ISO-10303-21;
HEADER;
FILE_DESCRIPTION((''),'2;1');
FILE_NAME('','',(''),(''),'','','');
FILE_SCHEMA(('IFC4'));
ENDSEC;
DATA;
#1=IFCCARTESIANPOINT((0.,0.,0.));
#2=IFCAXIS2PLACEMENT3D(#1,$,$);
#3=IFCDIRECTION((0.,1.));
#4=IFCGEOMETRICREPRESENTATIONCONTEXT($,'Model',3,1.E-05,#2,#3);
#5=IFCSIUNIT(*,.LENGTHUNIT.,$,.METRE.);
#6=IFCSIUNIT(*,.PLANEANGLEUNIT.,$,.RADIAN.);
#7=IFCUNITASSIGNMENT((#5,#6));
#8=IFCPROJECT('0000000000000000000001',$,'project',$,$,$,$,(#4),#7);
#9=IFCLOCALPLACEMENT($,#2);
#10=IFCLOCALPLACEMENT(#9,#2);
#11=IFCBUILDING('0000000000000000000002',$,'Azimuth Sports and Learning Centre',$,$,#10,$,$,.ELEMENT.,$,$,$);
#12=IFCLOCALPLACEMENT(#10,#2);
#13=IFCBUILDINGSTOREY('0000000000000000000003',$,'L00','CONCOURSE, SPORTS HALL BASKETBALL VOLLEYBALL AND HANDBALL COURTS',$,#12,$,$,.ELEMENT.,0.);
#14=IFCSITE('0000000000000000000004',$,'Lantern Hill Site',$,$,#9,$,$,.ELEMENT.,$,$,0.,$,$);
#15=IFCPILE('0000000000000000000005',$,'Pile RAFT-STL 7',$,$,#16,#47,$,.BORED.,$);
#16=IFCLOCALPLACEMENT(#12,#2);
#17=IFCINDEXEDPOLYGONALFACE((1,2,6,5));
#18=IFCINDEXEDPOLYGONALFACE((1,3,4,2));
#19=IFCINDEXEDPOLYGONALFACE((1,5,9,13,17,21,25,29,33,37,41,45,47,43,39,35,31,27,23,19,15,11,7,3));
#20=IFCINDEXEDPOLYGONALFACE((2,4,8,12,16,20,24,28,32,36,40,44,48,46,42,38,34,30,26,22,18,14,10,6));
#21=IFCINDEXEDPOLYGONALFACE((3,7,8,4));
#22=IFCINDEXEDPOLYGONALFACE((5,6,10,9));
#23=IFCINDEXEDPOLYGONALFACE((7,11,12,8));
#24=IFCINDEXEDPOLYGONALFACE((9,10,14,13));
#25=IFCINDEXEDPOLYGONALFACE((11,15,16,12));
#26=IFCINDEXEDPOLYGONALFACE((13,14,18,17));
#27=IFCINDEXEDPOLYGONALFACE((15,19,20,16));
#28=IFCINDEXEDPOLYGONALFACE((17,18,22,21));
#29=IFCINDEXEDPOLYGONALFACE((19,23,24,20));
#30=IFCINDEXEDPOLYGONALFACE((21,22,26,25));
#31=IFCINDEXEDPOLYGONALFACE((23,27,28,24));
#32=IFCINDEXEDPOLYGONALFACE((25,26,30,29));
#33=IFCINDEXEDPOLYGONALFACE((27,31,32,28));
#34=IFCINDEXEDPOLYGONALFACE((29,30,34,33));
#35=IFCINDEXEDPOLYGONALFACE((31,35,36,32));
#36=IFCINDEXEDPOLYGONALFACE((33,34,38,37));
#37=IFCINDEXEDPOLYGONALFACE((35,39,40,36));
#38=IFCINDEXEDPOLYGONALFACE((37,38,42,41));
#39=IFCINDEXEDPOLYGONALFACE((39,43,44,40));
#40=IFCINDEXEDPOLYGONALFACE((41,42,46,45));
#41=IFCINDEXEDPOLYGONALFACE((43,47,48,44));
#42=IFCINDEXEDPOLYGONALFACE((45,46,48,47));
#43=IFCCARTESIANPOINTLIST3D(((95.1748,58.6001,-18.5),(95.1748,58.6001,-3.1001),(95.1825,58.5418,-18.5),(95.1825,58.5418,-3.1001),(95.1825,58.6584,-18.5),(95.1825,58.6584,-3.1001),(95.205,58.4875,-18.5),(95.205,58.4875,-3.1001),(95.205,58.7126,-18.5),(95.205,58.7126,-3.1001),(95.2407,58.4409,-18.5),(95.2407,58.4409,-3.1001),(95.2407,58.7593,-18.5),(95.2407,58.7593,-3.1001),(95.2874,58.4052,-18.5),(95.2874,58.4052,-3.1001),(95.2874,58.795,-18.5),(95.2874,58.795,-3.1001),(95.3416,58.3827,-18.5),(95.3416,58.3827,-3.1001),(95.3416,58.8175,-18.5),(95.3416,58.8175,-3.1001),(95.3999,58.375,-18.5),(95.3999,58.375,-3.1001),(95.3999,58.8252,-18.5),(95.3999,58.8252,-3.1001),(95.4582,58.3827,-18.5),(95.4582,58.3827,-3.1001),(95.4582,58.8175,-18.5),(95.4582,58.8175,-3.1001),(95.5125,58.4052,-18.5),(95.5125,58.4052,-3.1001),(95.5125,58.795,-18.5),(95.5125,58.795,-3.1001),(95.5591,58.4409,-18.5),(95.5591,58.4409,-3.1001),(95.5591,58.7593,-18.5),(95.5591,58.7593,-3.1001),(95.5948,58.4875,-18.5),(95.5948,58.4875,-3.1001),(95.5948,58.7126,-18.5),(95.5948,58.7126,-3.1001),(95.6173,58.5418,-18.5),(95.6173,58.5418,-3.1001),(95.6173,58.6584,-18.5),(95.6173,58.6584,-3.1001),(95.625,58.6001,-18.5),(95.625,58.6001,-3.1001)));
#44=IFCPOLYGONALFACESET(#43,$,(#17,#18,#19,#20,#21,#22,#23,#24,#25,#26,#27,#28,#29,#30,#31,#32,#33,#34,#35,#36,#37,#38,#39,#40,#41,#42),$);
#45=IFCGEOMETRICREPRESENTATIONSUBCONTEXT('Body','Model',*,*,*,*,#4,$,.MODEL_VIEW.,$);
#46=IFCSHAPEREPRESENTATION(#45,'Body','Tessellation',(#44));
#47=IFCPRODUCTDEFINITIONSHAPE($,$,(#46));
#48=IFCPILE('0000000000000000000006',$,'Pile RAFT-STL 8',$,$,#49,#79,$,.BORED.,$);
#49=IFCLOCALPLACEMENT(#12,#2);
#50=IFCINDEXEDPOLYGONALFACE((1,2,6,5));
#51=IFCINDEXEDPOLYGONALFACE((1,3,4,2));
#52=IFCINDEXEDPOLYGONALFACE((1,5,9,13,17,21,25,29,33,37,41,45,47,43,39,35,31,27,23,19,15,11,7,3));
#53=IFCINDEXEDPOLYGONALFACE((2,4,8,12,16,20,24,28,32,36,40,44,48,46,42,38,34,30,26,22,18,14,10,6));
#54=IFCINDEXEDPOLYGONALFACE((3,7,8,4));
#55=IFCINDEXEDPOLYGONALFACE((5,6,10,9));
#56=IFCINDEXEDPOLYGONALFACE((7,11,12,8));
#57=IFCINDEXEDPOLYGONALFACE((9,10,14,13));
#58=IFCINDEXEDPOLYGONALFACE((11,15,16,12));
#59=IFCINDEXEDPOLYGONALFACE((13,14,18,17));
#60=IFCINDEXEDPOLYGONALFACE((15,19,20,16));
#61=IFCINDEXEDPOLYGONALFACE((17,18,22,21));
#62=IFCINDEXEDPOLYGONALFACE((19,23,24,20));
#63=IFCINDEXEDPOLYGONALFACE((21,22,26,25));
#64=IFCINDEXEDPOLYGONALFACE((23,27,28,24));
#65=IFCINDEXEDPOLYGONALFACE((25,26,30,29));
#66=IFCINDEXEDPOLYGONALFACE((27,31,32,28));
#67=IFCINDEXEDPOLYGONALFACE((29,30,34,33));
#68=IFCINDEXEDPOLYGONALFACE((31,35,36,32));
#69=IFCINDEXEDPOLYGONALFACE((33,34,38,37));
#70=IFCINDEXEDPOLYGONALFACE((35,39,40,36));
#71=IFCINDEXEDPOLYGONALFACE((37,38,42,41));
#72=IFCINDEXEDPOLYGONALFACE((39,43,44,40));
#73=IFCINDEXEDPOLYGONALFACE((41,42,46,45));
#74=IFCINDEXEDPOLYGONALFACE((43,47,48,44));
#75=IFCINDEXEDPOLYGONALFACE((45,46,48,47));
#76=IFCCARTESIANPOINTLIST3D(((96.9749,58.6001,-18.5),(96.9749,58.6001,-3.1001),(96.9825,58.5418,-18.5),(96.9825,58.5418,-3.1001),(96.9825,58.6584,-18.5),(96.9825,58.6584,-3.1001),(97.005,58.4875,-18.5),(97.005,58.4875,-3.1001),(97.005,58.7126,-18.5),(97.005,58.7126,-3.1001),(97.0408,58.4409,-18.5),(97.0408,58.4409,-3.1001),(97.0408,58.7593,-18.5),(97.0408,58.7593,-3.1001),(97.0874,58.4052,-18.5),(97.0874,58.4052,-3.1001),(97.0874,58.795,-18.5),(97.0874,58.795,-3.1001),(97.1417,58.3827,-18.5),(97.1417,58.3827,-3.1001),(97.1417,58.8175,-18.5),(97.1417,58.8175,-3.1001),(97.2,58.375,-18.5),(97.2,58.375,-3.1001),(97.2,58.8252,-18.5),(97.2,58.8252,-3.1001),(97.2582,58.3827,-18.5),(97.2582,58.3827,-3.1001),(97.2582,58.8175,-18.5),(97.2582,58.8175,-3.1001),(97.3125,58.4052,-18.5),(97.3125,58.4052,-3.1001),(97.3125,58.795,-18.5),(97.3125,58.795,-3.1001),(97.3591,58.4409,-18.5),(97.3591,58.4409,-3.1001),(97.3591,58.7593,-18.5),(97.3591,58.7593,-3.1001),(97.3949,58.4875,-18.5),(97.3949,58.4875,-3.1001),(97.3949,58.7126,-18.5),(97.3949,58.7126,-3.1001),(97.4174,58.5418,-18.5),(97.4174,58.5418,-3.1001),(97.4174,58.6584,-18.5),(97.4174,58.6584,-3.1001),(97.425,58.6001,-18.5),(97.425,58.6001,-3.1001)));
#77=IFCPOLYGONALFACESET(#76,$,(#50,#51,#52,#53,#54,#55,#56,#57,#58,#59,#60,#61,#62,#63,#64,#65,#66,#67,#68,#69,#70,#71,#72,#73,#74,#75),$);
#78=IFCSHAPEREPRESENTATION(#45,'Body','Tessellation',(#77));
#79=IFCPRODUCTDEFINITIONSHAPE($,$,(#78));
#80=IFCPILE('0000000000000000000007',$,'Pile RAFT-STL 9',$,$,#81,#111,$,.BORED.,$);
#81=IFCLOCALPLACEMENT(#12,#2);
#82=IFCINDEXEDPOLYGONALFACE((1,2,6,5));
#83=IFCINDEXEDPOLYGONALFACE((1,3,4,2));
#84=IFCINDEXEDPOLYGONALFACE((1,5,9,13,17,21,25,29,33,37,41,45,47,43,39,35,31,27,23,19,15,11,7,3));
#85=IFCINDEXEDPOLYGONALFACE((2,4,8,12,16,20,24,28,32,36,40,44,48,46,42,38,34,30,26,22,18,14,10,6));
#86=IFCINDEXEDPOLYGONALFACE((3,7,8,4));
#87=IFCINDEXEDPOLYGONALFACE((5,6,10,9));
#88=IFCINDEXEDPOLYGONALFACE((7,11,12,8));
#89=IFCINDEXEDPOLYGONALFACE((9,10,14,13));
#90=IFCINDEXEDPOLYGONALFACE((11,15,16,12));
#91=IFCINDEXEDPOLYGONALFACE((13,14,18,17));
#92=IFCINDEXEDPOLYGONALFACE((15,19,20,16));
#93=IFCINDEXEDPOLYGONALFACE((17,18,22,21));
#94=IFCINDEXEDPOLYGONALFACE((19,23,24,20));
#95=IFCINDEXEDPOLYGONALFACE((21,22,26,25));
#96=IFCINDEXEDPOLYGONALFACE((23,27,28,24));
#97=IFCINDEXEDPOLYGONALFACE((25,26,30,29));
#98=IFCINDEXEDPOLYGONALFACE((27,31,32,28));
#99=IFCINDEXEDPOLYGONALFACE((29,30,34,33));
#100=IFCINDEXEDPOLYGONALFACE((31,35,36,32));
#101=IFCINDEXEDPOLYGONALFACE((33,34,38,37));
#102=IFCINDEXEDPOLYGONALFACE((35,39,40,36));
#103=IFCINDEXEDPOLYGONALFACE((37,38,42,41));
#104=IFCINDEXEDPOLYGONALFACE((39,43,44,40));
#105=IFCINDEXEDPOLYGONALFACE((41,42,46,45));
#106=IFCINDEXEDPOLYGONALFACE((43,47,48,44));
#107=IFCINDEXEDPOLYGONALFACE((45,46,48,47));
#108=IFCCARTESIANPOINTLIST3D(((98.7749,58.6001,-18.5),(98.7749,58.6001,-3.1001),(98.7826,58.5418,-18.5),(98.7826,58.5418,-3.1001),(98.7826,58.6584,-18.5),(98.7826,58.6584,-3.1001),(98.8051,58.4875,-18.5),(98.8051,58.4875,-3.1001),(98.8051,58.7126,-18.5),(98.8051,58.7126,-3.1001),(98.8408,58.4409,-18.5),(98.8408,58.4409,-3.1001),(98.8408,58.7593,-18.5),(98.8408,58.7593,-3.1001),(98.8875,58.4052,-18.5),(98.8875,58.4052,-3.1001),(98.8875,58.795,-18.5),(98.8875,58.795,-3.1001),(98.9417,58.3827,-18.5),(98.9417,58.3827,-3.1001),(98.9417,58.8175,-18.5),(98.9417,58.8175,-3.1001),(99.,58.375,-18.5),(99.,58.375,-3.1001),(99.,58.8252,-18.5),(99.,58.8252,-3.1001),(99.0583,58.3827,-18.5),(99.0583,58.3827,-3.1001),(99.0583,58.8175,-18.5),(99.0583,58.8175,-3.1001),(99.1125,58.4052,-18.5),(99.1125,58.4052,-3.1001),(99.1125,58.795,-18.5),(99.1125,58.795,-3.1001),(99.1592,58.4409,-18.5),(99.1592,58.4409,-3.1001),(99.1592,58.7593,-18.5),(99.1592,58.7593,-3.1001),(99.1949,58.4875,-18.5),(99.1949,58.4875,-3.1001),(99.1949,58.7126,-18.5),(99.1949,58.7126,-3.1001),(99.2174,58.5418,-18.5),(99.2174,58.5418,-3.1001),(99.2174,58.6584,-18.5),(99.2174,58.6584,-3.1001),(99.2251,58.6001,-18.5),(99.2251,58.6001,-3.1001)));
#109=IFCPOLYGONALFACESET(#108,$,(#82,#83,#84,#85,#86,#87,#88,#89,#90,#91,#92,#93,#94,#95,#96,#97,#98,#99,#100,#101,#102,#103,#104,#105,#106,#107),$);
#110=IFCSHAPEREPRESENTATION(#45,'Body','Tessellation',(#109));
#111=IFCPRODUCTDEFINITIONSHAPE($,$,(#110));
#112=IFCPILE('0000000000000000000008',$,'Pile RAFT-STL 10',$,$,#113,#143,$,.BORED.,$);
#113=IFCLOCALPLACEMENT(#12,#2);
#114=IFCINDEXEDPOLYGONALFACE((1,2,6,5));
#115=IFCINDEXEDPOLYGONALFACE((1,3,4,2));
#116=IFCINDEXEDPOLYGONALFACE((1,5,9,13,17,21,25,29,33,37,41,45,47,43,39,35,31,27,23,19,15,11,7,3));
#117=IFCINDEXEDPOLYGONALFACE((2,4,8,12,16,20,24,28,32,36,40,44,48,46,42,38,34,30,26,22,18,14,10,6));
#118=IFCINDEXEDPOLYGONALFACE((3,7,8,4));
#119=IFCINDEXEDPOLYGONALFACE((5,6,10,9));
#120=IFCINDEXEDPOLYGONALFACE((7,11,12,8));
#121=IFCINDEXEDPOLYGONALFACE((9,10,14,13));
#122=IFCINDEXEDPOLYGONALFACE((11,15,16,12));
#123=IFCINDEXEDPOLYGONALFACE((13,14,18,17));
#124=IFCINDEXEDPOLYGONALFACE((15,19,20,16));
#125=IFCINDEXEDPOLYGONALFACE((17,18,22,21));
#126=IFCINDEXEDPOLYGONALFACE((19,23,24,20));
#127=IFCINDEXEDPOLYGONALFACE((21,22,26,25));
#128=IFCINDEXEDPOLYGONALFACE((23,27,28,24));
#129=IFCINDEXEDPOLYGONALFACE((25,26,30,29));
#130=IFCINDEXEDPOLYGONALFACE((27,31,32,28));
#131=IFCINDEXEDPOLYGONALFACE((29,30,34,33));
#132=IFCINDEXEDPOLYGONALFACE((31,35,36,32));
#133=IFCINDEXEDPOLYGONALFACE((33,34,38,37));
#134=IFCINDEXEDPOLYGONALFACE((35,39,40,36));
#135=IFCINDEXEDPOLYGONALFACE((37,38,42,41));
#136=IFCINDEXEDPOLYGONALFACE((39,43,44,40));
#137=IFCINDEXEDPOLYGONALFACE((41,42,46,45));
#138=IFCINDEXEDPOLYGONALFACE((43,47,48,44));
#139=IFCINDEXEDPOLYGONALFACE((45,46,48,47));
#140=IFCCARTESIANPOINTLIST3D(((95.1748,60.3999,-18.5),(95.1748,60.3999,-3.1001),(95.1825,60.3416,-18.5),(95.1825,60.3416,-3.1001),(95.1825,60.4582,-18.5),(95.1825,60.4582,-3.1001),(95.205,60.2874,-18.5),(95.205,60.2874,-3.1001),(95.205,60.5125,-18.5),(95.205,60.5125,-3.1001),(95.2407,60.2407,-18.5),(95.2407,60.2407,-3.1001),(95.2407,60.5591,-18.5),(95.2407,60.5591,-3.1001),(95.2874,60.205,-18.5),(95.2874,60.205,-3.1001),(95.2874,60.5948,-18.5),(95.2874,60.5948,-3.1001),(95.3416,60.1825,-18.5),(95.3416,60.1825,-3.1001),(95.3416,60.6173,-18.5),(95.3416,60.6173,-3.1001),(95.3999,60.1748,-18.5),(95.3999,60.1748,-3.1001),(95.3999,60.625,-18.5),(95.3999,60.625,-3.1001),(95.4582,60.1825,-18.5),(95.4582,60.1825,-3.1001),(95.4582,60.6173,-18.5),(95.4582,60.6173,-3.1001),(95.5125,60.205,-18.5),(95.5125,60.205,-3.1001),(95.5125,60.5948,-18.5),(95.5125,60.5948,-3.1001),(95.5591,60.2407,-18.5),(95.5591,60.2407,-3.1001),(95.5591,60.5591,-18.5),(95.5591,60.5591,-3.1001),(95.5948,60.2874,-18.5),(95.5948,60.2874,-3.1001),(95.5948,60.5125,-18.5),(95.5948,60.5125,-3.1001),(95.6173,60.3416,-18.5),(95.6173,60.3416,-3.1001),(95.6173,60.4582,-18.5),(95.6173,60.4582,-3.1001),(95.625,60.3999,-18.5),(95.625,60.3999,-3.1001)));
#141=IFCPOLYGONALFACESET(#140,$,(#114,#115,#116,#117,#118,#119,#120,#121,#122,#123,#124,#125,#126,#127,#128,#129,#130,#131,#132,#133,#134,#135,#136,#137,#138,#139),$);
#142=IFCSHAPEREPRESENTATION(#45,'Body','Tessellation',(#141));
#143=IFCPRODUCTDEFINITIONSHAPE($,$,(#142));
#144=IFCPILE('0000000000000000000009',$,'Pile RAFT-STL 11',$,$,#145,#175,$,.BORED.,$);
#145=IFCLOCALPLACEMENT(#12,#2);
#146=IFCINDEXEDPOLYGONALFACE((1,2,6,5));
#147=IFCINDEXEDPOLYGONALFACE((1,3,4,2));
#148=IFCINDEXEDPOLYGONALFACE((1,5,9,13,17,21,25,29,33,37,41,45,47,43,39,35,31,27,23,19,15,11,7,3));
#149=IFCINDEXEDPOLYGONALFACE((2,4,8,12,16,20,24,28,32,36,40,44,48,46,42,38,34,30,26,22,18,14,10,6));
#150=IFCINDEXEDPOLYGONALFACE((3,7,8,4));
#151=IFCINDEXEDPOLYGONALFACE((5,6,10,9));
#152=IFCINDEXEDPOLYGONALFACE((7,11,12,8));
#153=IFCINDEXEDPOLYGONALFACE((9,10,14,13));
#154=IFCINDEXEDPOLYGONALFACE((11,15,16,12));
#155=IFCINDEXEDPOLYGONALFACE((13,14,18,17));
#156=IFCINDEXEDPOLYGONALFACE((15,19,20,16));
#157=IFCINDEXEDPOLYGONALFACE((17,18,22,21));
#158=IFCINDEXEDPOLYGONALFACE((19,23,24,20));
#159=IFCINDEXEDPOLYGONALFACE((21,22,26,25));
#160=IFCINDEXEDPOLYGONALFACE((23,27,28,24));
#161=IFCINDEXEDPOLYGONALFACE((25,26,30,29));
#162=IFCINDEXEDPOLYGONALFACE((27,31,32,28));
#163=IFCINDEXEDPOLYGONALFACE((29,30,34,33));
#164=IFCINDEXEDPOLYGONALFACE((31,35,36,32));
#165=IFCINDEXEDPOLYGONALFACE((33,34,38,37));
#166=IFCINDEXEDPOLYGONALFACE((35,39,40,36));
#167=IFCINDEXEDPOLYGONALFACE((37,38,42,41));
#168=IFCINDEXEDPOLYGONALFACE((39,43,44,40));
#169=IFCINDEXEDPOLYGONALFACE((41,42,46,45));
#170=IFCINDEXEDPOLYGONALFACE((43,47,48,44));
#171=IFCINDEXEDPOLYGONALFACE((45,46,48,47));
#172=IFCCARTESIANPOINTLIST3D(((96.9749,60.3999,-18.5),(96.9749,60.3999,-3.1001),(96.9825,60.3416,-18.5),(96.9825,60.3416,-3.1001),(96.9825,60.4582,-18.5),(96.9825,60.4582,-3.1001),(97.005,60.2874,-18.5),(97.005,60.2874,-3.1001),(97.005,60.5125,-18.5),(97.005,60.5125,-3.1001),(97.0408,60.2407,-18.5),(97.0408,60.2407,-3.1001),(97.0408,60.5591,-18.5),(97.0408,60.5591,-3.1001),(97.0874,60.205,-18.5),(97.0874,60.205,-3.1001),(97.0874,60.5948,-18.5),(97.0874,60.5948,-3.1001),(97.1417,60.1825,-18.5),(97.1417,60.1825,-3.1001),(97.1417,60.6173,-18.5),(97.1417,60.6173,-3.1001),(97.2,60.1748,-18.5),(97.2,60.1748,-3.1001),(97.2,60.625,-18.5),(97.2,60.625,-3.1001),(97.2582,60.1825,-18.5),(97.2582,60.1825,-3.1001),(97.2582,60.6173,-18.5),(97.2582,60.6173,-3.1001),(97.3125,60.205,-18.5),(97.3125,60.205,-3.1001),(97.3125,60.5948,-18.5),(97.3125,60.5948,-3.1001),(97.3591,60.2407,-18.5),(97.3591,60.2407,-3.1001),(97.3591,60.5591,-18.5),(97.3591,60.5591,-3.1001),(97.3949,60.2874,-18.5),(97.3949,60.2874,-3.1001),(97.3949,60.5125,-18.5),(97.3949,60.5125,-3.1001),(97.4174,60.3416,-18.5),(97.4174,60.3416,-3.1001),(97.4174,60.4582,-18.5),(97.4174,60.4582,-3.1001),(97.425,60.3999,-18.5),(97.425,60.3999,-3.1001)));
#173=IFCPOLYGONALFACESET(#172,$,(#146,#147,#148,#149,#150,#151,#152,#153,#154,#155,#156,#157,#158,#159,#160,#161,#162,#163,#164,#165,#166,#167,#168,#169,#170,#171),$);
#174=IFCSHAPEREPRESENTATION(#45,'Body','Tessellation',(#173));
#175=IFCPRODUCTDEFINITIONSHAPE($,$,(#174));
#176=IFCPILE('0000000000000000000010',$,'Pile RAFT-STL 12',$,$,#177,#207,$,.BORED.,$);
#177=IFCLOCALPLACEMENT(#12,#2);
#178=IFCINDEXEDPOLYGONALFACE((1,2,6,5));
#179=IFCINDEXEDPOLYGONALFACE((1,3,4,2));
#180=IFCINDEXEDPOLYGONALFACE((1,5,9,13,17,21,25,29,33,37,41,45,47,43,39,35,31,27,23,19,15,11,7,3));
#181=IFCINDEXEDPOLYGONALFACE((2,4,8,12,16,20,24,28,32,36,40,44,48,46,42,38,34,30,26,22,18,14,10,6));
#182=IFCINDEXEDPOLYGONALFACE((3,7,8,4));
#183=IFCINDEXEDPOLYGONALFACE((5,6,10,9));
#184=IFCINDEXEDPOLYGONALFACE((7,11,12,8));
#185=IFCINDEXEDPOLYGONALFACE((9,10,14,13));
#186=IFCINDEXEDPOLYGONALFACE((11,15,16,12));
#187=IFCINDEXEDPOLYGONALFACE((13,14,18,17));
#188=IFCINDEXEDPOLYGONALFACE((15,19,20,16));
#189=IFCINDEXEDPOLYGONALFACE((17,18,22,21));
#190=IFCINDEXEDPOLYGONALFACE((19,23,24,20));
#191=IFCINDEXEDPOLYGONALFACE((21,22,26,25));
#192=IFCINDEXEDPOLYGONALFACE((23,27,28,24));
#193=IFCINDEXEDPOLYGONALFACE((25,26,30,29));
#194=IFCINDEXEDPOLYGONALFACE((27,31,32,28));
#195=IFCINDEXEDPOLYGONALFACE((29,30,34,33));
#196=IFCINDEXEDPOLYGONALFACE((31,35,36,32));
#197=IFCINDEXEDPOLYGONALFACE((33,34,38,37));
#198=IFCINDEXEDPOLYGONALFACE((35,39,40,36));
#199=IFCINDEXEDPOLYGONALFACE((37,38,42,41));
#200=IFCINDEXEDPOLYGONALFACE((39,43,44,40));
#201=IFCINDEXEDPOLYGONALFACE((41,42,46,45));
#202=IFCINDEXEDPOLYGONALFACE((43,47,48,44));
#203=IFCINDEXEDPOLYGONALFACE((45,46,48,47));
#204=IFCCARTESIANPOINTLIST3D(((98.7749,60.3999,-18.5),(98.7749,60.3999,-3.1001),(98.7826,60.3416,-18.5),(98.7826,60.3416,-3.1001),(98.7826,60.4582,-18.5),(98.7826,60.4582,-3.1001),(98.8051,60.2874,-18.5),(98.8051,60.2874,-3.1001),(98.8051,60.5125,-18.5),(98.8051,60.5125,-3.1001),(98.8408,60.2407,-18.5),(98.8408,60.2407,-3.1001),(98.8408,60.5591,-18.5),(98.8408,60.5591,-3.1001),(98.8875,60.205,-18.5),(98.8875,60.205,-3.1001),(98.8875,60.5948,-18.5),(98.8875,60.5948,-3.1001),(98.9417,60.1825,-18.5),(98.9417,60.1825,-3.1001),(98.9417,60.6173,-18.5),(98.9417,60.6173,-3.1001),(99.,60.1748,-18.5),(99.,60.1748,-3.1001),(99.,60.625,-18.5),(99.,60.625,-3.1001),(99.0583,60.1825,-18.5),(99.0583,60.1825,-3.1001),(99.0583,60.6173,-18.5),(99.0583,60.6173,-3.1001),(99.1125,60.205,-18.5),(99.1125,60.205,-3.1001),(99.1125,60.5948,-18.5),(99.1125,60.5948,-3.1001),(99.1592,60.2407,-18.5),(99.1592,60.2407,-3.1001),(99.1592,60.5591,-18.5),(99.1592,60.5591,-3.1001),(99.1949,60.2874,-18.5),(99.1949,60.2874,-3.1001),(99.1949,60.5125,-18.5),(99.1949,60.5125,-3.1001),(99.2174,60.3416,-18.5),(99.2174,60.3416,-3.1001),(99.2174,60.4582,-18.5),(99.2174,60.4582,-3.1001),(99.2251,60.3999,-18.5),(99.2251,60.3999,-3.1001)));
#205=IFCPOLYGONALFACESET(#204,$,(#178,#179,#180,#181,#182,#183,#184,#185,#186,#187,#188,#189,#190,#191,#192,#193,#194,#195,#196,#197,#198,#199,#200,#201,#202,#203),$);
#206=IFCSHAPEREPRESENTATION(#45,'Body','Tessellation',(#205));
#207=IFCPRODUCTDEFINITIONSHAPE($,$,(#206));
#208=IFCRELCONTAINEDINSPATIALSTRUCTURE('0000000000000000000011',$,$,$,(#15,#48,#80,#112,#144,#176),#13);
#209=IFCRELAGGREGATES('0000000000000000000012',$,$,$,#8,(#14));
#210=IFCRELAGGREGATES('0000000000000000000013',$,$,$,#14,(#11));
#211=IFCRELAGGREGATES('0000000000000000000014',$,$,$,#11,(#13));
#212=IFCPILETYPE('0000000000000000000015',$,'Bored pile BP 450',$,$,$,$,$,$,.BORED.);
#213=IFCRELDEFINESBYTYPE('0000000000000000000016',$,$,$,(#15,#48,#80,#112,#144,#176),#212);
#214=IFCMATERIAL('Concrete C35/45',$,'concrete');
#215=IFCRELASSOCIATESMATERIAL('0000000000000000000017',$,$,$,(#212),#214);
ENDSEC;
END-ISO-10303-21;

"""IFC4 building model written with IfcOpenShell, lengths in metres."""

from ifc_helpers import new_model, si_unit, direction, frame, origin, origin_2d, place, context, subcontext, project, spatial, circle, extrude, material, material_profile, profile_set, type_object, element, save


model = new_model("IFC4")

# Units and contexts
model_context = context("Model", 3, precision=1e-05, world=origin(), true_north=direction((0.0, 1.0)))
body_context = subcontext(model_context, "Body", "Model", "MODEL_VIEW")
ifc_project = project(units=[si_unit("LENGTHUNIT", "METRE"), si_unit("PLANEANGLEUNIT", "RADIAN")], contexts=[model_context])

# Site, building, storey
site_placement = place(None, origin())
site = spatial("IfcSite", under=ifc_project, at=site_placement, Name="Lantern Hill Site", CompositionType="ELEMENT", RefElevation=0.0)
building_placement = place(site_placement, origin())
building = spatial("IfcBuilding", under=site, at=building_placement, Name="Azimuth Sports and Learning Centre", CompositionType="ELEMENT")
storey_placement = place(building_placement, origin())
storey = spatial("IfcBuildingStorey", under=building, at=storey_placement, Name="L00", Description="CONCOURSE, SPORTS HALL BASKETBALL VOLLEYBALL AND HANDBALL COURTS", CompositionType="ELEMENT", Elevation=0.0)

# Piles
ifc_material_1 = material(Name="Concrete C35/45", Category="concrete")
ifc_material_profile_1 = material_profile(ifc_material_1, circle(Radius=0.2251, at=origin_2d()), Name="BP 450")
ifc_profile_set_1 = profile_set([ifc_material_profile_1], Name="Concrete C35/45")
pile_type = type_object("IfcPileType", Name="Bored pile BP 450", PredefinedType="BORED", material=ifc_profile_set_1)
for number, where, z_axis, x_axis, name in (
    (1, (95.3999, 58.6001, -3.1001), (0.0, 0.0, -1.0), (1.0, 0.0, 0.0), "Pile RAFT-STL 7"),
    (2, (97.2, 58.6001, -3.1001), (0.0, 0.0, -1.0), (1.0, 0.0, 0.0), "Pile RAFT-STL 8"),
    (3, (99.0, 58.6001, -3.1001), (0.0, 0.0, -1.0), (1.0, 0.0, 0.0), "Pile RAFT-STL 9"),
    (4, (95.3999, 60.3999, -3.1001), (0.0, 0.0, -1.0), (1.0, 0.0, 0.0), "Pile RAFT-STL 10"),
    (5, (97.2, 60.3999, -3.1001), (0.0, 0.0, -1.0), (1.0, 0.0, 0.0), "Pile RAFT-STL 11"),
    (6, (99.0, 60.3999, -3.1001), (0.0, 0.0, -1.0), (1.0, 0.0, 0.0), "Pile RAFT-STL 12"),
):
    element("IfcPile", number, at=place(storey_placement, frame(where, z_axis=z_axis, x_axis=x_axis)), inside=storey, type_object=pile_type, Name=name, PredefinedType="BORED", context=body_context, shape_type="SweptSolid", body=[
        extrude(circle(Radius=0.2251, at=origin_2d()), origin(), (0.0, 0.0, 1.0), 15.3999),
    ])

save(model, "model.ifc")
